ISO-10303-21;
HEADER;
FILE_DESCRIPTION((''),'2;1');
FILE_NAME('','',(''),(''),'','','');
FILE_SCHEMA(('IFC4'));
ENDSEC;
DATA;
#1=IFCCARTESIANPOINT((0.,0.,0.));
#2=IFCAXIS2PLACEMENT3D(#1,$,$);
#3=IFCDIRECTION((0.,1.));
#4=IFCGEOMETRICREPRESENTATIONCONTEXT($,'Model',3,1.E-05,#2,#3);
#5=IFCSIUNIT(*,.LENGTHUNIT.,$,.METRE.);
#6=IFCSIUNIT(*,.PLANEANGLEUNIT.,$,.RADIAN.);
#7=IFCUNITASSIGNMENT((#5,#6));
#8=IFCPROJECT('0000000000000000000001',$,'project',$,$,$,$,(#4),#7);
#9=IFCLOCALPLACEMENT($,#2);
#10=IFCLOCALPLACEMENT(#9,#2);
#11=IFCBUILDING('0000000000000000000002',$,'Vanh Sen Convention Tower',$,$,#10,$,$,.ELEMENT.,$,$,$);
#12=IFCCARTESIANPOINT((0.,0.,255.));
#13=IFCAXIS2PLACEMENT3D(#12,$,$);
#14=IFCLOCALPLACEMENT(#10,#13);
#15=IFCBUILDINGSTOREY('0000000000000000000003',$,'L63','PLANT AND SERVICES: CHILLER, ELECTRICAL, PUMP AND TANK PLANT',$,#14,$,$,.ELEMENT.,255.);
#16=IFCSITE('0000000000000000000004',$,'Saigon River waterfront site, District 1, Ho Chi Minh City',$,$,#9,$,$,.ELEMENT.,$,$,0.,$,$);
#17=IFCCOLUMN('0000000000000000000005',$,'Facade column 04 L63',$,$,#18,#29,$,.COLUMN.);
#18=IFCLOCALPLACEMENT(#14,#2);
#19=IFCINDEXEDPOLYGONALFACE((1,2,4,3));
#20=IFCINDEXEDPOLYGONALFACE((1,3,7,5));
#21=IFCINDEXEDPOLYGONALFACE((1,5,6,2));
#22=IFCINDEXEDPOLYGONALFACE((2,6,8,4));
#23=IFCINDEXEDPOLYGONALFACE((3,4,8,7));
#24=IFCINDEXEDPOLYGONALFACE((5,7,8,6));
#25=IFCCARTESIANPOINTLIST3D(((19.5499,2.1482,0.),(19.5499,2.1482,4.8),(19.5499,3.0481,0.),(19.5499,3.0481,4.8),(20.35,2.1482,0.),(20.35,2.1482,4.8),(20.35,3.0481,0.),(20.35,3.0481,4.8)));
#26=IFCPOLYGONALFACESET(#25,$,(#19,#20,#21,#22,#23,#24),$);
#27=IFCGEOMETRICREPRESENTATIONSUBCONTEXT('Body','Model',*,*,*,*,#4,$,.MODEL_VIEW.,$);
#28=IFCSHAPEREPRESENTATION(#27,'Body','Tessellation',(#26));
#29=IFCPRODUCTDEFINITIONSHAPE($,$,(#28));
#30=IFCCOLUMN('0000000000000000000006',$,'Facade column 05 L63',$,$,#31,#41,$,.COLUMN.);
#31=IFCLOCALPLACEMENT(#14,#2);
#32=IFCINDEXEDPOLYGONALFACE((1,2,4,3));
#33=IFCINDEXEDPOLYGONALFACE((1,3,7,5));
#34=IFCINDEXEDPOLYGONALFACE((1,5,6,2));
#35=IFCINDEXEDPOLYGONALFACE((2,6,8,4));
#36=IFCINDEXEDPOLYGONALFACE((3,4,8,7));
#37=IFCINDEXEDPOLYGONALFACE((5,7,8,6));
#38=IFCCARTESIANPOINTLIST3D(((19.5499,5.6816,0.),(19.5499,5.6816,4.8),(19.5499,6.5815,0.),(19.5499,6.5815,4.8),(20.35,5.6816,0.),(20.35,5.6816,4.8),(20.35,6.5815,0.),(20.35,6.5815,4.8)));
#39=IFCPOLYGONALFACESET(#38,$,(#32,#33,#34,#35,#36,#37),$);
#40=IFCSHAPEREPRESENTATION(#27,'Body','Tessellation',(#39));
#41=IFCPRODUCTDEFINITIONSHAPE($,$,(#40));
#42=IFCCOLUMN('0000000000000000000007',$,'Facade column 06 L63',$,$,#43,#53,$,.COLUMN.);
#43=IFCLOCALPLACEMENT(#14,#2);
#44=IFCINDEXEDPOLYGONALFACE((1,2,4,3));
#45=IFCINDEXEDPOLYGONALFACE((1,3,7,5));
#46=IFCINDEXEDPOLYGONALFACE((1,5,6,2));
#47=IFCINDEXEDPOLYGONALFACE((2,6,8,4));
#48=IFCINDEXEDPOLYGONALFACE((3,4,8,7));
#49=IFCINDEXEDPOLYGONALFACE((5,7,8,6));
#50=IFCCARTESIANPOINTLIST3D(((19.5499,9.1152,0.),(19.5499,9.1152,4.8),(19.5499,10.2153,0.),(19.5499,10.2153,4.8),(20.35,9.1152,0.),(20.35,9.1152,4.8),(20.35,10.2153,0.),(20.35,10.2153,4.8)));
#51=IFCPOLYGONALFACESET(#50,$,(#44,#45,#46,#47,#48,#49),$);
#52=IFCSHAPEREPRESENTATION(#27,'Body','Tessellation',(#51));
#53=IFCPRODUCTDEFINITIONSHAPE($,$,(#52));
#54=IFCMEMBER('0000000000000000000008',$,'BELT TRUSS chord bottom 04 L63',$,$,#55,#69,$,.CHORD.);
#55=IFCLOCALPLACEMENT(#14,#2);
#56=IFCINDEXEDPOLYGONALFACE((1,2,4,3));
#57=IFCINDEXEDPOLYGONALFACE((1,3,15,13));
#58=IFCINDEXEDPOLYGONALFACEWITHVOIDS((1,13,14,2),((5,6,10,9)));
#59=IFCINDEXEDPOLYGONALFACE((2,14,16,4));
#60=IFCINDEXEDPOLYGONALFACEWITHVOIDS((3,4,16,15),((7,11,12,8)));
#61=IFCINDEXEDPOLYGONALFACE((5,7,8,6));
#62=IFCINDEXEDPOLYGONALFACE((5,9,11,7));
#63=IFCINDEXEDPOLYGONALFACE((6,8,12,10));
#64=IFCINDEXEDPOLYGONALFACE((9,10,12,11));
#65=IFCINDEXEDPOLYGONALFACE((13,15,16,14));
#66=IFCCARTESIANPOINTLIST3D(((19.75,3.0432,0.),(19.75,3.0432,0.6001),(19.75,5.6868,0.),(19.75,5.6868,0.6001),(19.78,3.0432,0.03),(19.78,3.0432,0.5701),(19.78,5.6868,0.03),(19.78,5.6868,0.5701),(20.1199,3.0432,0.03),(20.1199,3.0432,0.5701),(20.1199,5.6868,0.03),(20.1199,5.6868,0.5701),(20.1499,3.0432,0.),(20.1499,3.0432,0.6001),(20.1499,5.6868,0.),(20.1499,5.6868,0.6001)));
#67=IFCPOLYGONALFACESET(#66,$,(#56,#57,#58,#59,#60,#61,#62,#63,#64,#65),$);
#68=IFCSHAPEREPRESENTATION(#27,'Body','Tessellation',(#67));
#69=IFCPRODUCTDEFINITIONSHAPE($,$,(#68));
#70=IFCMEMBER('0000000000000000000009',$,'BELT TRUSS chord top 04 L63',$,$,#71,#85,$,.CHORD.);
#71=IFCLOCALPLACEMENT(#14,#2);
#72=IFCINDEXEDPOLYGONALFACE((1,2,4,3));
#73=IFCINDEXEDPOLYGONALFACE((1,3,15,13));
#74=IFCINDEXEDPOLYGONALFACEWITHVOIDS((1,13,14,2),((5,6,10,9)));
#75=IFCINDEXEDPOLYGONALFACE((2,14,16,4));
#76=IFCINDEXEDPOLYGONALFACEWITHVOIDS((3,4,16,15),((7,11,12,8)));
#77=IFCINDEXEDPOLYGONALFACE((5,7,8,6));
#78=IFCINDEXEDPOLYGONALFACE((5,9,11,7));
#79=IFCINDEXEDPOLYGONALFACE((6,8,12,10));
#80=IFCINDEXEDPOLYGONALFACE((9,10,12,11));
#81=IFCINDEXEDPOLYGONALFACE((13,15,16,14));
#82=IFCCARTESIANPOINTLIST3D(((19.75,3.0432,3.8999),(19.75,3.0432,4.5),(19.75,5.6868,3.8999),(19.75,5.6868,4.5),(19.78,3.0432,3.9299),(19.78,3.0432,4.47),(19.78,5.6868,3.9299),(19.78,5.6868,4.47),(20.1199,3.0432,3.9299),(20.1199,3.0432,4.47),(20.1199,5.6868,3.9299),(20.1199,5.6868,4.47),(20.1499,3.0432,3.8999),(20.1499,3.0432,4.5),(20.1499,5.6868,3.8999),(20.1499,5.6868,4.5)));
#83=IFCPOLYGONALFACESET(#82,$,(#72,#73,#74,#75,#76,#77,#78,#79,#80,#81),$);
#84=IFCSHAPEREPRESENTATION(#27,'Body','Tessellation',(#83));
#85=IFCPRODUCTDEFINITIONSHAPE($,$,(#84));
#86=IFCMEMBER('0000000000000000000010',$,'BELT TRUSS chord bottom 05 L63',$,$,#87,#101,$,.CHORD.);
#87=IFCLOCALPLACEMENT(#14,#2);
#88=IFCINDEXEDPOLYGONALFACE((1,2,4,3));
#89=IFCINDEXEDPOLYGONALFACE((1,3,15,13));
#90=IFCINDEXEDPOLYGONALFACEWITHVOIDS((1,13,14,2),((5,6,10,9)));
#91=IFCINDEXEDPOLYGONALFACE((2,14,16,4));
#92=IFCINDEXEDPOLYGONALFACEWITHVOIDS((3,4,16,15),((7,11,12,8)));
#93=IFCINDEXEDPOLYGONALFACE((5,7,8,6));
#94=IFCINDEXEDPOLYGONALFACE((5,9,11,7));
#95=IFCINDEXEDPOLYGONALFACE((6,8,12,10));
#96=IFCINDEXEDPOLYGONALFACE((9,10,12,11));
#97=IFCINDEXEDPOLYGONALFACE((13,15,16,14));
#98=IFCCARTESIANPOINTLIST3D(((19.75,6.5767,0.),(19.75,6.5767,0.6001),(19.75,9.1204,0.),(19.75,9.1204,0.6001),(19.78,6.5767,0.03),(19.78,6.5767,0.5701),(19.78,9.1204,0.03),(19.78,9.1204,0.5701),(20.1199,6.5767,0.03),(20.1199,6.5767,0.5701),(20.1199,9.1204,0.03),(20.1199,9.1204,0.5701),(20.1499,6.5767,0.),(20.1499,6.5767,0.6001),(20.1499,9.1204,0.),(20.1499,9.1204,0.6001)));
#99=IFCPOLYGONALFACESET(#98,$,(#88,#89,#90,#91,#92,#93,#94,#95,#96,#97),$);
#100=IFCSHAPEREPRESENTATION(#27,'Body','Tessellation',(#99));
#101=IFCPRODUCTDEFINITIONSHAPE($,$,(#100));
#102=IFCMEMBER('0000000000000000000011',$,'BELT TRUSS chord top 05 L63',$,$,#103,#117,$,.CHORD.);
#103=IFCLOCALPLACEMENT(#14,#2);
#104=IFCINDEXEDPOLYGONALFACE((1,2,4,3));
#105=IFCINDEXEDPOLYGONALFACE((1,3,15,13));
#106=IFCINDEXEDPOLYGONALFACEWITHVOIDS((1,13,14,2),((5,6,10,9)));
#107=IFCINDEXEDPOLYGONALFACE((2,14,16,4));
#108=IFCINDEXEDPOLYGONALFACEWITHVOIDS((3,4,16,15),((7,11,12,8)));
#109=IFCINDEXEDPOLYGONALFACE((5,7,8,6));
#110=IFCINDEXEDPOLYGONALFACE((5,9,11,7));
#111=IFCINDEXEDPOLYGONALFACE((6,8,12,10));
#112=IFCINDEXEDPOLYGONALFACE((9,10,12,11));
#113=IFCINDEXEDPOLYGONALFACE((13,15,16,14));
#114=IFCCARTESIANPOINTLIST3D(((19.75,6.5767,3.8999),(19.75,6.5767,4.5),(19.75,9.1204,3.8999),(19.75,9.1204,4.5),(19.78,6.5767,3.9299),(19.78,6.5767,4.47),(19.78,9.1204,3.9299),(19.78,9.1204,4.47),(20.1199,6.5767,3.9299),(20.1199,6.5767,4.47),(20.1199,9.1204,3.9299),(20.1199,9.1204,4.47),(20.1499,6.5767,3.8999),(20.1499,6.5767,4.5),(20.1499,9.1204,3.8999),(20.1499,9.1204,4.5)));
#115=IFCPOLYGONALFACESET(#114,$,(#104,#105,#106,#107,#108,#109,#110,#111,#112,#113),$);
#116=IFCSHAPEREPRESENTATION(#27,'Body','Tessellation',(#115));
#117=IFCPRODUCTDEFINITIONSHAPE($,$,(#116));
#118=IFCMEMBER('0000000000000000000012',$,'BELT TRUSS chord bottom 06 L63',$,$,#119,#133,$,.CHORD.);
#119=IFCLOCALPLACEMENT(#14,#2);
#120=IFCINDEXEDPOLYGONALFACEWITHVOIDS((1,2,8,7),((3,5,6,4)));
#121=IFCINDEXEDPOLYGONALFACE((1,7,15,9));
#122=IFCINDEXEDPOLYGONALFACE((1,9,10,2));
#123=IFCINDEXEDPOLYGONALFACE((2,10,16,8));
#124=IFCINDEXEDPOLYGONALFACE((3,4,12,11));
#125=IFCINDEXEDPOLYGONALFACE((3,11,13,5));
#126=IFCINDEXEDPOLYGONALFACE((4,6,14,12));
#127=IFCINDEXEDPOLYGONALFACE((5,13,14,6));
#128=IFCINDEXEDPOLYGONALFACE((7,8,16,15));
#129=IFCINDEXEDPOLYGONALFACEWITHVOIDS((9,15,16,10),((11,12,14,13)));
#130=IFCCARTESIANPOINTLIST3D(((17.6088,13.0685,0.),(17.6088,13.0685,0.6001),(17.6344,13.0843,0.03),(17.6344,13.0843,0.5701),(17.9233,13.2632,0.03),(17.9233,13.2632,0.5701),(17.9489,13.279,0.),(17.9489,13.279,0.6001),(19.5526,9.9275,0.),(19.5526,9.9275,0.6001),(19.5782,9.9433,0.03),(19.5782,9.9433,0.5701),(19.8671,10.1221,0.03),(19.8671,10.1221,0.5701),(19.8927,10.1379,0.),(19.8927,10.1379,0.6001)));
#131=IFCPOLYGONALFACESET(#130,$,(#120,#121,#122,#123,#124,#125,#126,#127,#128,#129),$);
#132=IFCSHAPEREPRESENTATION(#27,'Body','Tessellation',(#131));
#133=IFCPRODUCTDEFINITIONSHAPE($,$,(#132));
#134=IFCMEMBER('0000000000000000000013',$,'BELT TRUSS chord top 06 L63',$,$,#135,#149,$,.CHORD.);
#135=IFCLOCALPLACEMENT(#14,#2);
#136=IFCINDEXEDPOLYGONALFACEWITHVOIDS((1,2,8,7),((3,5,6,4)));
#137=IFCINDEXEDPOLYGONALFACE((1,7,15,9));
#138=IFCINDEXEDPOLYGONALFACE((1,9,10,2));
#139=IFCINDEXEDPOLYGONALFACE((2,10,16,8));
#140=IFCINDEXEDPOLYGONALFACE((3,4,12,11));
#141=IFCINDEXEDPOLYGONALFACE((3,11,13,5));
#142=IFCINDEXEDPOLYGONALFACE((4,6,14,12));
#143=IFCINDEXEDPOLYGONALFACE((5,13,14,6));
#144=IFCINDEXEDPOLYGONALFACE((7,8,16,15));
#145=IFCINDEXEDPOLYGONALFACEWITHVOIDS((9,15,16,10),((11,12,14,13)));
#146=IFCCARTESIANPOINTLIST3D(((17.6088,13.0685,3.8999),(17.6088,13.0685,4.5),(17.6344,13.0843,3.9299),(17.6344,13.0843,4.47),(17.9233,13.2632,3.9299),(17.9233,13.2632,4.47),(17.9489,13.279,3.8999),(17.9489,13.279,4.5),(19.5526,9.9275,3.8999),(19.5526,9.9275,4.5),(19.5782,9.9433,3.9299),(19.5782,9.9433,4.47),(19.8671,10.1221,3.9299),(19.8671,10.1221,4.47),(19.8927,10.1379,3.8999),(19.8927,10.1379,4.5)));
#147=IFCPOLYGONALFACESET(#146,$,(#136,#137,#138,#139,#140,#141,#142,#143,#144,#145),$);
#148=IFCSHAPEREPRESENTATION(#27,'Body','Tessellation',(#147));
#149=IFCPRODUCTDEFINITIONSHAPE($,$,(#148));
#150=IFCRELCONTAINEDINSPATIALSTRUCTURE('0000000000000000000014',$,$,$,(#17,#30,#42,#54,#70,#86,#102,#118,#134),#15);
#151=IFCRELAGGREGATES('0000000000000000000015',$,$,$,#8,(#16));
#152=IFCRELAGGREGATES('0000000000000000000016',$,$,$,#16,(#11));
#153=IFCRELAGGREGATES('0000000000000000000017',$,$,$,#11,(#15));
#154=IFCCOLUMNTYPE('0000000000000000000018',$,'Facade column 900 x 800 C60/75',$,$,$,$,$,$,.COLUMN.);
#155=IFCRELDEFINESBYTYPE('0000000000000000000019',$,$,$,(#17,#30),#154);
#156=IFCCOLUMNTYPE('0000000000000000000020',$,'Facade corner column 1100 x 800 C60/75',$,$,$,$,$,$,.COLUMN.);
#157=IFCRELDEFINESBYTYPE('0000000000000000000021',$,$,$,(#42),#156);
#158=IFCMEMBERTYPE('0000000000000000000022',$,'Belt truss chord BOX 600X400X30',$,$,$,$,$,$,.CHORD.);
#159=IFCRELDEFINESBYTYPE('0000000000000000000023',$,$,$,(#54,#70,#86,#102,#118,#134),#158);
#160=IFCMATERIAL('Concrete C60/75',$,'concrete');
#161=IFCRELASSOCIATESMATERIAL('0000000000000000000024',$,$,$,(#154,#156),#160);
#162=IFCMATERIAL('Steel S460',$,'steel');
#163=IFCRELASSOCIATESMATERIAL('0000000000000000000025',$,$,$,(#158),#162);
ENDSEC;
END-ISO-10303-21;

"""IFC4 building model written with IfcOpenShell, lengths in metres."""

from ifc_helpers import new_model, si_unit, direction, frame, origin, origin_2d, place, context, subcontext, project, spatial, rectangle, hollow_rectangle, extrude, material, material_profile, profile_set, type_object, element, save


model = new_model("IFC4")

# Units and contexts
model_context = context("Model", 3, precision=1e-05, world=origin(), true_north=direction((0.0, 1.0)))
body_context = subcontext(model_context, "Body", "Model", "MODEL_VIEW")
ifc_project = project(units=[si_unit("LENGTHUNIT", "METRE"), si_unit("PLANEANGLEUNIT", "RADIAN")], contexts=[model_context])

# Site, building, storey
site_placement = place(None, origin())
site = spatial("IfcSite", under=ifc_project, at=site_placement, Name="Saigon River waterfront site, District 1, Ho Chi Minh City", CompositionType="ELEMENT", RefElevation=0.0)
building_placement = place(site_placement, origin())
building = spatial("IfcBuilding", under=site, at=building_placement, Name="Vanh Sen Convention Tower", CompositionType="ELEMENT")
storey_placement = place(building_placement, frame((0.0, 0.0, 255.0)))
storey = spatial("IfcBuildingStorey", under=building, at=storey_placement, Name="L63", Description="PLANT AND SERVICES: CHILLER, ELECTRICAL, PUMP AND TANK PLANT", CompositionType="ELEMENT", Elevation=255.0)

# Columns
ifc_material_1 = material(Name="Concrete C60/75", Category="concrete")
ifc_material_profile_1 = material_profile(ifc_material_1, rectangle(XDim=0.8999, YDim=0.8, at=origin_2d()), Name="RC 900X800")
ifc_profile_set_1 = profile_set([ifc_material_profile_1], Name="Concrete C60/75")
column_type_1 = type_object("IfcColumnType", Name="Facade column 900 x 800 C60/75", PredefinedType="COLUMN", material=ifc_profile_set_1)
for number, where, z_axis, x_axis, name in (
    (1, (19.95, 2.5981, 0.0), (0.0, 0.0, 1.0), (0.0, 1.0, 0.0), "Facade column 04 L63"),
    (2, (19.95, 6.1316, 0.0), (0.0, 0.0, 1.0), (0.0, 1.0, 0.0), "Facade column 05 L63"),
):
    element("IfcColumn", number, at=place(storey_placement, frame(where, z_axis=z_axis, x_axis=x_axis)), inside=storey, type_object=column_type_1, Name=name, PredefinedType="COLUMN", context=body_context, shape_type="SweptSolid", body=[
        extrude(rectangle(XDim=0.8999, YDim=0.8, at=origin_2d()), origin(), (0.0, 0.0, 1.0), 4.8),
    ])
ifc_material_profile_2 = material_profile(ifc_material_1, rectangle(XDim=1.1001, YDim=0.8, at=origin_2d()), Name="RC 1100X800")
ifc_profile_set_2 = profile_set([ifc_material_profile_2], Name="Concrete C60/75")
column_type_2 = type_object("IfcColumnType", Name="Facade corner column 1100 x 800 C60/75", PredefinedType="COLUMN", material=ifc_profile_set_2)
column_placement = place(storey_placement, frame((19.95, 9.6653, 0.0), z_axis=(0.0, 0.0, 1.0), x_axis=(0.0, 1.0, 0.0)))
element("IfcColumn", 3, at=column_placement, inside=storey, type_object=column_type_2, Name="Facade column 06 L63", PredefinedType="COLUMN", context=body_context, shape_type="SweptSolid", body=[
    extrude(rectangle(XDim=1.1001, YDim=0.8, at=origin_2d()), origin(), (0.0, 0.0, 1.0), 4.8),
])

# Members
ifc_material_2 = material(Name="Steel S460", Category="steel")
ifc_material_profile_3 = material_profile(ifc_material_2, hollow_rectangle(XDim=0.3999, YDim=0.6001, WallThickness=0.03, at=origin_2d()), Name="BOX 600X400X30")
ifc_profile_set_3 = profile_set([ifc_material_profile_3], Name="Steel S460")
member_type_1 = type_object("IfcMemberType", Name="Belt truss chord BOX 600X400X30", PredefinedType="CHORD", material=ifc_profile_set_3)
for number, where, z_axis, x_axis, name in (
    (4, (19.95, 3.0432, 0.3), (0.0, 1.0, 0.0), (-1.0, 0.0, 0.0), "BELT TRUSS chord bottom 04 L63"),
    (5, (19.95, 3.0432, 4.2), (0.0, 1.0, 0.0), (-1.0, 0.0, 0.0), "BELT TRUSS chord top 04 L63"),
):
    element("IfcMember", number, at=place(storey_placement, frame(where, z_axis=z_axis, x_axis=x_axis)), inside=storey, type_object=member_type_1, Name=name, PredefinedType="CHORD", context=body_context, shape_type="SweptSolid", body=[
        extrude(hollow_rectangle(XDim=0.3999, YDim=0.6001, WallThickness=0.03, at=origin_2d()), origin(), (0.0, 0.0, 1.0), 2.6436),
    ])
for number, where, z_axis, x_axis, name in (
    (6, (19.95, 6.5767, 0.3), (0.0, 1.0, 0.0), (-1.0, 0.0, 0.0), "BELT TRUSS chord bottom 05 L63"),
    (7, (19.95, 6.5767, 4.2), (0.0, 1.0, 0.0), (-1.0, 0.0, 0.0), "BELT TRUSS chord top 05 L63"),
):
    element("IfcMember", number, at=place(storey_placement, frame(where, z_axis=z_axis, x_axis=x_axis)), inside=storey, type_object=member_type_1, Name=name, PredefinedType="CHORD", context=body_context, shape_type="SweptSolid", body=[
        extrude(hollow_rectangle(XDim=0.3999, YDim=0.6001, WallThickness=0.03, at=origin_2d()), origin(), (0.0, 0.0, 1.0), 2.5437),
    ])
for number, where, z_axis, x_axis, name in (
    (8, (19.7227, 10.0327, 0.3), (-0.526227, 0.850344, 0.0), (-0.850344, -0.526227, 0.0), "BELT TRUSS chord bottom 06 L63"),
    (9, (19.7227, 10.0327, 4.2), (-0.526227, 0.850344, 0.0), (-0.850344, -0.526227, 0.0), "BELT TRUSS chord top 06 L63"),
):
    element("IfcMember", number, at=place(storey_placement, frame(where, z_axis=z_axis, x_axis=x_axis)), inside=storey, type_object=member_type_1, Name=name, PredefinedType="CHORD", context=body_context, shape_type="SweptSolid", body=[
        extrude(hollow_rectangle(XDim=0.3999, YDim=0.6001, WallThickness=0.03, at=origin_2d()), origin(), (0.0, 0.0, 1.0), 3.6938),
    ])

save(model, "model.ifc")
